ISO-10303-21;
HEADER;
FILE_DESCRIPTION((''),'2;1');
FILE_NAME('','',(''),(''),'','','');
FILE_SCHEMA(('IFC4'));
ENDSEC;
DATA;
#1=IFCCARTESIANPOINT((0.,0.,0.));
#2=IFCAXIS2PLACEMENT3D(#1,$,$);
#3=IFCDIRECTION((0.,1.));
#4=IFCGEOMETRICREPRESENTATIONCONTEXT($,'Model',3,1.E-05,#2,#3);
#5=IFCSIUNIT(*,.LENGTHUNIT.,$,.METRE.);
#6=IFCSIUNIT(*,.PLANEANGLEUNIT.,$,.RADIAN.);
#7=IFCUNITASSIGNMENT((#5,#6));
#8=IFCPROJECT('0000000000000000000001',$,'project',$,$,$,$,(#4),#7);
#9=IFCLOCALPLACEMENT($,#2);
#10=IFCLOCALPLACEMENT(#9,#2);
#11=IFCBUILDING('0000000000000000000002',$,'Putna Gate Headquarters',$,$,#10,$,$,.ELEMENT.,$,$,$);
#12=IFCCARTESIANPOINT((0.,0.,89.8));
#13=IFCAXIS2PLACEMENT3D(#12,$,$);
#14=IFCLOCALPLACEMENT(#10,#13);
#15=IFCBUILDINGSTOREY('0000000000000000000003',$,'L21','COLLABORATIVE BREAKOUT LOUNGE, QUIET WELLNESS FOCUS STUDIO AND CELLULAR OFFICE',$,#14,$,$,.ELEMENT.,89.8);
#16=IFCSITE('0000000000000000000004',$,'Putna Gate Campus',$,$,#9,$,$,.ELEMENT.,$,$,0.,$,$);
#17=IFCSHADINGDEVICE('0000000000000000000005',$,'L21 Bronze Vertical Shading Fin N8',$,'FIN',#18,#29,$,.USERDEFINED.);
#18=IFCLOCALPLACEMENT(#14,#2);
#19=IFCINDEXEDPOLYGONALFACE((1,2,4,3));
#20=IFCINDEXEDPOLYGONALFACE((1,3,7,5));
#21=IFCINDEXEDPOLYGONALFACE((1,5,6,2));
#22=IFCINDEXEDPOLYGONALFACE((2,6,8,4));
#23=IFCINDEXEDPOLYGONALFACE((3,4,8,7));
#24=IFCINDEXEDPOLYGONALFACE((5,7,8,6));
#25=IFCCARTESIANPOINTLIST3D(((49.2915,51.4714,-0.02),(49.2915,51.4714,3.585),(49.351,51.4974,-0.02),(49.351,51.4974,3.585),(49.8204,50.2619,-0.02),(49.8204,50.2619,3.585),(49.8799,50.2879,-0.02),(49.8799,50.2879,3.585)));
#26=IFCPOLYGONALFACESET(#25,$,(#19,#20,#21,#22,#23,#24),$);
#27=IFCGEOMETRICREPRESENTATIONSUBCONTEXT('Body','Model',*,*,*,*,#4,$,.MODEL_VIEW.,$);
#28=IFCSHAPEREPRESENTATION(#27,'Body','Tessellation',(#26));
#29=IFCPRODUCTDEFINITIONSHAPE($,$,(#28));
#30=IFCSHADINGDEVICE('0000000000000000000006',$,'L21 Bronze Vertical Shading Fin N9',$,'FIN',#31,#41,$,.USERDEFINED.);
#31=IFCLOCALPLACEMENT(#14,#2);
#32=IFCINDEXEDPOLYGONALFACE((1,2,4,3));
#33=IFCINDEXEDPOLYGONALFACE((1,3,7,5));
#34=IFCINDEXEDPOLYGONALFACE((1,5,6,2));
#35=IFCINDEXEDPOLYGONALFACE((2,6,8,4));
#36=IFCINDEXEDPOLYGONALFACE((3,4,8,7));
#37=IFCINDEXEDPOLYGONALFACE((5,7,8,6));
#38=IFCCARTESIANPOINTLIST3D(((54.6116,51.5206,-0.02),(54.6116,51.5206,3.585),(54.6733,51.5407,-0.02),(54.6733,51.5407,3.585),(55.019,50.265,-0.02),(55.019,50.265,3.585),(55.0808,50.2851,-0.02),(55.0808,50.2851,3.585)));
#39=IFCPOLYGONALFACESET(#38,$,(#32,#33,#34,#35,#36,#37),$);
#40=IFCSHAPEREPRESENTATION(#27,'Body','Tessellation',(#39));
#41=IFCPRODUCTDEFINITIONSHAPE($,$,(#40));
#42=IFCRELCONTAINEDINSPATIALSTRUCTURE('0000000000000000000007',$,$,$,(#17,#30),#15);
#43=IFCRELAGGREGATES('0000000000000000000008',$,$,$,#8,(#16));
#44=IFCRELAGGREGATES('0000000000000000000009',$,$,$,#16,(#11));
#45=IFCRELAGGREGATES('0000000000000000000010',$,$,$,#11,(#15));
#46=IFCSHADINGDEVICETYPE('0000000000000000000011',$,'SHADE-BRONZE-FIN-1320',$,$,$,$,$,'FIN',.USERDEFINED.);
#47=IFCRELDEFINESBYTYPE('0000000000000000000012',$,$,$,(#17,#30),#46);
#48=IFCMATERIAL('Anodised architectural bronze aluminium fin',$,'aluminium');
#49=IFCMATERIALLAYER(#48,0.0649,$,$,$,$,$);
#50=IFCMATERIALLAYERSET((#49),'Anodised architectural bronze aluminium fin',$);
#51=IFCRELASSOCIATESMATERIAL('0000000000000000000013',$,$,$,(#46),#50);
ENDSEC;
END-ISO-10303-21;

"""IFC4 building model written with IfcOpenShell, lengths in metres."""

from ifc_helpers import new_model, si_unit, direction, frame, origin, origin_2d, place, context, subcontext, project, spatial, rectangle, extrude, material, layer, layer_set, type_object, element, save


model = new_model("IFC4")

# Units and contexts
model_context = context("Model", 3, precision=1e-05, world=origin(), true_north=direction((0.0, 1.0)))
body_context = subcontext(model_context, "Body", "Model", "MODEL_VIEW")
ifc_project = project(units=[si_unit("LENGTHUNIT", "METRE"), si_unit("PLANEANGLEUNIT", "RADIAN")], contexts=[model_context])

# Site, building, storey
site_placement = place(None, origin())
site = spatial("IfcSite", under=ifc_project, at=site_placement, Name="Putna Gate Campus", CompositionType="ELEMENT", RefElevation=0.0)
building_placement = place(site_placement, origin())
building = spatial("IfcBuilding", under=site, at=building_placement, Name="Putna Gate Headquarters", CompositionType="ELEMENT")
storey_placement = place(building_placement, frame((0.0, 0.0, 89.8)))
storey = spatial("IfcBuildingStorey", under=building, at=storey_placement, Name="L21", Description="COLLABORATIVE BREAKOUT LOUNGE, QUIET WELLNESS FOCUS STUDIO AND CELLULAR OFFICE", CompositionType="ELEMENT", Elevation=89.8)

# Shading devices
ifc_material_1 = material(Name="Anodised architectural bronze aluminium fin", Category="aluminium")
ifc_layer_1 = layer(ifc_material_1, 0.0649)
ifc_layer_set_1 = layer_set([ifc_layer_1], Name="Anodised architectural bronze aluminium fin")
shading_device_type = type_object("IfcShadingDeviceType", Name="SHADE-BRONZE-FIN-1320", ElementType="FIN", PredefinedType="USERDEFINED", material=ifc_layer_set_1)
for number, where, z_axis, x_axis, name in (
    (1, (49.5857, 50.8796, -0.02), (0.0, 0.0, 1.0), (-0.400669, 0.916223, 0.0), "L21 Bronze Vertical Shading Fin N8"),
    (2, (54.8462, 50.9028, -0.02), (0.0, 0.0, 1.0), (-0.308685, 0.951164, 0.0), "L21 Bronze Vertical Shading Fin N9"),
):
    element("IfcShadingDevice", number, at=place(storey_placement, frame(where, z_axis=z_axis, x_axis=x_axis)), inside=storey, type_object=shading_device_type, Name=name, ObjectType="FIN", PredefinedType="USERDEFINED", context=body_context, shape_type="SweptSolid", body=[
        extrude(rectangle(XDim=1.3201, YDim=0.0649, at=origin_2d()), origin(), (0.0, 0.0, 1.0), 3.605),
    ])

save(model, "model.ifc")
